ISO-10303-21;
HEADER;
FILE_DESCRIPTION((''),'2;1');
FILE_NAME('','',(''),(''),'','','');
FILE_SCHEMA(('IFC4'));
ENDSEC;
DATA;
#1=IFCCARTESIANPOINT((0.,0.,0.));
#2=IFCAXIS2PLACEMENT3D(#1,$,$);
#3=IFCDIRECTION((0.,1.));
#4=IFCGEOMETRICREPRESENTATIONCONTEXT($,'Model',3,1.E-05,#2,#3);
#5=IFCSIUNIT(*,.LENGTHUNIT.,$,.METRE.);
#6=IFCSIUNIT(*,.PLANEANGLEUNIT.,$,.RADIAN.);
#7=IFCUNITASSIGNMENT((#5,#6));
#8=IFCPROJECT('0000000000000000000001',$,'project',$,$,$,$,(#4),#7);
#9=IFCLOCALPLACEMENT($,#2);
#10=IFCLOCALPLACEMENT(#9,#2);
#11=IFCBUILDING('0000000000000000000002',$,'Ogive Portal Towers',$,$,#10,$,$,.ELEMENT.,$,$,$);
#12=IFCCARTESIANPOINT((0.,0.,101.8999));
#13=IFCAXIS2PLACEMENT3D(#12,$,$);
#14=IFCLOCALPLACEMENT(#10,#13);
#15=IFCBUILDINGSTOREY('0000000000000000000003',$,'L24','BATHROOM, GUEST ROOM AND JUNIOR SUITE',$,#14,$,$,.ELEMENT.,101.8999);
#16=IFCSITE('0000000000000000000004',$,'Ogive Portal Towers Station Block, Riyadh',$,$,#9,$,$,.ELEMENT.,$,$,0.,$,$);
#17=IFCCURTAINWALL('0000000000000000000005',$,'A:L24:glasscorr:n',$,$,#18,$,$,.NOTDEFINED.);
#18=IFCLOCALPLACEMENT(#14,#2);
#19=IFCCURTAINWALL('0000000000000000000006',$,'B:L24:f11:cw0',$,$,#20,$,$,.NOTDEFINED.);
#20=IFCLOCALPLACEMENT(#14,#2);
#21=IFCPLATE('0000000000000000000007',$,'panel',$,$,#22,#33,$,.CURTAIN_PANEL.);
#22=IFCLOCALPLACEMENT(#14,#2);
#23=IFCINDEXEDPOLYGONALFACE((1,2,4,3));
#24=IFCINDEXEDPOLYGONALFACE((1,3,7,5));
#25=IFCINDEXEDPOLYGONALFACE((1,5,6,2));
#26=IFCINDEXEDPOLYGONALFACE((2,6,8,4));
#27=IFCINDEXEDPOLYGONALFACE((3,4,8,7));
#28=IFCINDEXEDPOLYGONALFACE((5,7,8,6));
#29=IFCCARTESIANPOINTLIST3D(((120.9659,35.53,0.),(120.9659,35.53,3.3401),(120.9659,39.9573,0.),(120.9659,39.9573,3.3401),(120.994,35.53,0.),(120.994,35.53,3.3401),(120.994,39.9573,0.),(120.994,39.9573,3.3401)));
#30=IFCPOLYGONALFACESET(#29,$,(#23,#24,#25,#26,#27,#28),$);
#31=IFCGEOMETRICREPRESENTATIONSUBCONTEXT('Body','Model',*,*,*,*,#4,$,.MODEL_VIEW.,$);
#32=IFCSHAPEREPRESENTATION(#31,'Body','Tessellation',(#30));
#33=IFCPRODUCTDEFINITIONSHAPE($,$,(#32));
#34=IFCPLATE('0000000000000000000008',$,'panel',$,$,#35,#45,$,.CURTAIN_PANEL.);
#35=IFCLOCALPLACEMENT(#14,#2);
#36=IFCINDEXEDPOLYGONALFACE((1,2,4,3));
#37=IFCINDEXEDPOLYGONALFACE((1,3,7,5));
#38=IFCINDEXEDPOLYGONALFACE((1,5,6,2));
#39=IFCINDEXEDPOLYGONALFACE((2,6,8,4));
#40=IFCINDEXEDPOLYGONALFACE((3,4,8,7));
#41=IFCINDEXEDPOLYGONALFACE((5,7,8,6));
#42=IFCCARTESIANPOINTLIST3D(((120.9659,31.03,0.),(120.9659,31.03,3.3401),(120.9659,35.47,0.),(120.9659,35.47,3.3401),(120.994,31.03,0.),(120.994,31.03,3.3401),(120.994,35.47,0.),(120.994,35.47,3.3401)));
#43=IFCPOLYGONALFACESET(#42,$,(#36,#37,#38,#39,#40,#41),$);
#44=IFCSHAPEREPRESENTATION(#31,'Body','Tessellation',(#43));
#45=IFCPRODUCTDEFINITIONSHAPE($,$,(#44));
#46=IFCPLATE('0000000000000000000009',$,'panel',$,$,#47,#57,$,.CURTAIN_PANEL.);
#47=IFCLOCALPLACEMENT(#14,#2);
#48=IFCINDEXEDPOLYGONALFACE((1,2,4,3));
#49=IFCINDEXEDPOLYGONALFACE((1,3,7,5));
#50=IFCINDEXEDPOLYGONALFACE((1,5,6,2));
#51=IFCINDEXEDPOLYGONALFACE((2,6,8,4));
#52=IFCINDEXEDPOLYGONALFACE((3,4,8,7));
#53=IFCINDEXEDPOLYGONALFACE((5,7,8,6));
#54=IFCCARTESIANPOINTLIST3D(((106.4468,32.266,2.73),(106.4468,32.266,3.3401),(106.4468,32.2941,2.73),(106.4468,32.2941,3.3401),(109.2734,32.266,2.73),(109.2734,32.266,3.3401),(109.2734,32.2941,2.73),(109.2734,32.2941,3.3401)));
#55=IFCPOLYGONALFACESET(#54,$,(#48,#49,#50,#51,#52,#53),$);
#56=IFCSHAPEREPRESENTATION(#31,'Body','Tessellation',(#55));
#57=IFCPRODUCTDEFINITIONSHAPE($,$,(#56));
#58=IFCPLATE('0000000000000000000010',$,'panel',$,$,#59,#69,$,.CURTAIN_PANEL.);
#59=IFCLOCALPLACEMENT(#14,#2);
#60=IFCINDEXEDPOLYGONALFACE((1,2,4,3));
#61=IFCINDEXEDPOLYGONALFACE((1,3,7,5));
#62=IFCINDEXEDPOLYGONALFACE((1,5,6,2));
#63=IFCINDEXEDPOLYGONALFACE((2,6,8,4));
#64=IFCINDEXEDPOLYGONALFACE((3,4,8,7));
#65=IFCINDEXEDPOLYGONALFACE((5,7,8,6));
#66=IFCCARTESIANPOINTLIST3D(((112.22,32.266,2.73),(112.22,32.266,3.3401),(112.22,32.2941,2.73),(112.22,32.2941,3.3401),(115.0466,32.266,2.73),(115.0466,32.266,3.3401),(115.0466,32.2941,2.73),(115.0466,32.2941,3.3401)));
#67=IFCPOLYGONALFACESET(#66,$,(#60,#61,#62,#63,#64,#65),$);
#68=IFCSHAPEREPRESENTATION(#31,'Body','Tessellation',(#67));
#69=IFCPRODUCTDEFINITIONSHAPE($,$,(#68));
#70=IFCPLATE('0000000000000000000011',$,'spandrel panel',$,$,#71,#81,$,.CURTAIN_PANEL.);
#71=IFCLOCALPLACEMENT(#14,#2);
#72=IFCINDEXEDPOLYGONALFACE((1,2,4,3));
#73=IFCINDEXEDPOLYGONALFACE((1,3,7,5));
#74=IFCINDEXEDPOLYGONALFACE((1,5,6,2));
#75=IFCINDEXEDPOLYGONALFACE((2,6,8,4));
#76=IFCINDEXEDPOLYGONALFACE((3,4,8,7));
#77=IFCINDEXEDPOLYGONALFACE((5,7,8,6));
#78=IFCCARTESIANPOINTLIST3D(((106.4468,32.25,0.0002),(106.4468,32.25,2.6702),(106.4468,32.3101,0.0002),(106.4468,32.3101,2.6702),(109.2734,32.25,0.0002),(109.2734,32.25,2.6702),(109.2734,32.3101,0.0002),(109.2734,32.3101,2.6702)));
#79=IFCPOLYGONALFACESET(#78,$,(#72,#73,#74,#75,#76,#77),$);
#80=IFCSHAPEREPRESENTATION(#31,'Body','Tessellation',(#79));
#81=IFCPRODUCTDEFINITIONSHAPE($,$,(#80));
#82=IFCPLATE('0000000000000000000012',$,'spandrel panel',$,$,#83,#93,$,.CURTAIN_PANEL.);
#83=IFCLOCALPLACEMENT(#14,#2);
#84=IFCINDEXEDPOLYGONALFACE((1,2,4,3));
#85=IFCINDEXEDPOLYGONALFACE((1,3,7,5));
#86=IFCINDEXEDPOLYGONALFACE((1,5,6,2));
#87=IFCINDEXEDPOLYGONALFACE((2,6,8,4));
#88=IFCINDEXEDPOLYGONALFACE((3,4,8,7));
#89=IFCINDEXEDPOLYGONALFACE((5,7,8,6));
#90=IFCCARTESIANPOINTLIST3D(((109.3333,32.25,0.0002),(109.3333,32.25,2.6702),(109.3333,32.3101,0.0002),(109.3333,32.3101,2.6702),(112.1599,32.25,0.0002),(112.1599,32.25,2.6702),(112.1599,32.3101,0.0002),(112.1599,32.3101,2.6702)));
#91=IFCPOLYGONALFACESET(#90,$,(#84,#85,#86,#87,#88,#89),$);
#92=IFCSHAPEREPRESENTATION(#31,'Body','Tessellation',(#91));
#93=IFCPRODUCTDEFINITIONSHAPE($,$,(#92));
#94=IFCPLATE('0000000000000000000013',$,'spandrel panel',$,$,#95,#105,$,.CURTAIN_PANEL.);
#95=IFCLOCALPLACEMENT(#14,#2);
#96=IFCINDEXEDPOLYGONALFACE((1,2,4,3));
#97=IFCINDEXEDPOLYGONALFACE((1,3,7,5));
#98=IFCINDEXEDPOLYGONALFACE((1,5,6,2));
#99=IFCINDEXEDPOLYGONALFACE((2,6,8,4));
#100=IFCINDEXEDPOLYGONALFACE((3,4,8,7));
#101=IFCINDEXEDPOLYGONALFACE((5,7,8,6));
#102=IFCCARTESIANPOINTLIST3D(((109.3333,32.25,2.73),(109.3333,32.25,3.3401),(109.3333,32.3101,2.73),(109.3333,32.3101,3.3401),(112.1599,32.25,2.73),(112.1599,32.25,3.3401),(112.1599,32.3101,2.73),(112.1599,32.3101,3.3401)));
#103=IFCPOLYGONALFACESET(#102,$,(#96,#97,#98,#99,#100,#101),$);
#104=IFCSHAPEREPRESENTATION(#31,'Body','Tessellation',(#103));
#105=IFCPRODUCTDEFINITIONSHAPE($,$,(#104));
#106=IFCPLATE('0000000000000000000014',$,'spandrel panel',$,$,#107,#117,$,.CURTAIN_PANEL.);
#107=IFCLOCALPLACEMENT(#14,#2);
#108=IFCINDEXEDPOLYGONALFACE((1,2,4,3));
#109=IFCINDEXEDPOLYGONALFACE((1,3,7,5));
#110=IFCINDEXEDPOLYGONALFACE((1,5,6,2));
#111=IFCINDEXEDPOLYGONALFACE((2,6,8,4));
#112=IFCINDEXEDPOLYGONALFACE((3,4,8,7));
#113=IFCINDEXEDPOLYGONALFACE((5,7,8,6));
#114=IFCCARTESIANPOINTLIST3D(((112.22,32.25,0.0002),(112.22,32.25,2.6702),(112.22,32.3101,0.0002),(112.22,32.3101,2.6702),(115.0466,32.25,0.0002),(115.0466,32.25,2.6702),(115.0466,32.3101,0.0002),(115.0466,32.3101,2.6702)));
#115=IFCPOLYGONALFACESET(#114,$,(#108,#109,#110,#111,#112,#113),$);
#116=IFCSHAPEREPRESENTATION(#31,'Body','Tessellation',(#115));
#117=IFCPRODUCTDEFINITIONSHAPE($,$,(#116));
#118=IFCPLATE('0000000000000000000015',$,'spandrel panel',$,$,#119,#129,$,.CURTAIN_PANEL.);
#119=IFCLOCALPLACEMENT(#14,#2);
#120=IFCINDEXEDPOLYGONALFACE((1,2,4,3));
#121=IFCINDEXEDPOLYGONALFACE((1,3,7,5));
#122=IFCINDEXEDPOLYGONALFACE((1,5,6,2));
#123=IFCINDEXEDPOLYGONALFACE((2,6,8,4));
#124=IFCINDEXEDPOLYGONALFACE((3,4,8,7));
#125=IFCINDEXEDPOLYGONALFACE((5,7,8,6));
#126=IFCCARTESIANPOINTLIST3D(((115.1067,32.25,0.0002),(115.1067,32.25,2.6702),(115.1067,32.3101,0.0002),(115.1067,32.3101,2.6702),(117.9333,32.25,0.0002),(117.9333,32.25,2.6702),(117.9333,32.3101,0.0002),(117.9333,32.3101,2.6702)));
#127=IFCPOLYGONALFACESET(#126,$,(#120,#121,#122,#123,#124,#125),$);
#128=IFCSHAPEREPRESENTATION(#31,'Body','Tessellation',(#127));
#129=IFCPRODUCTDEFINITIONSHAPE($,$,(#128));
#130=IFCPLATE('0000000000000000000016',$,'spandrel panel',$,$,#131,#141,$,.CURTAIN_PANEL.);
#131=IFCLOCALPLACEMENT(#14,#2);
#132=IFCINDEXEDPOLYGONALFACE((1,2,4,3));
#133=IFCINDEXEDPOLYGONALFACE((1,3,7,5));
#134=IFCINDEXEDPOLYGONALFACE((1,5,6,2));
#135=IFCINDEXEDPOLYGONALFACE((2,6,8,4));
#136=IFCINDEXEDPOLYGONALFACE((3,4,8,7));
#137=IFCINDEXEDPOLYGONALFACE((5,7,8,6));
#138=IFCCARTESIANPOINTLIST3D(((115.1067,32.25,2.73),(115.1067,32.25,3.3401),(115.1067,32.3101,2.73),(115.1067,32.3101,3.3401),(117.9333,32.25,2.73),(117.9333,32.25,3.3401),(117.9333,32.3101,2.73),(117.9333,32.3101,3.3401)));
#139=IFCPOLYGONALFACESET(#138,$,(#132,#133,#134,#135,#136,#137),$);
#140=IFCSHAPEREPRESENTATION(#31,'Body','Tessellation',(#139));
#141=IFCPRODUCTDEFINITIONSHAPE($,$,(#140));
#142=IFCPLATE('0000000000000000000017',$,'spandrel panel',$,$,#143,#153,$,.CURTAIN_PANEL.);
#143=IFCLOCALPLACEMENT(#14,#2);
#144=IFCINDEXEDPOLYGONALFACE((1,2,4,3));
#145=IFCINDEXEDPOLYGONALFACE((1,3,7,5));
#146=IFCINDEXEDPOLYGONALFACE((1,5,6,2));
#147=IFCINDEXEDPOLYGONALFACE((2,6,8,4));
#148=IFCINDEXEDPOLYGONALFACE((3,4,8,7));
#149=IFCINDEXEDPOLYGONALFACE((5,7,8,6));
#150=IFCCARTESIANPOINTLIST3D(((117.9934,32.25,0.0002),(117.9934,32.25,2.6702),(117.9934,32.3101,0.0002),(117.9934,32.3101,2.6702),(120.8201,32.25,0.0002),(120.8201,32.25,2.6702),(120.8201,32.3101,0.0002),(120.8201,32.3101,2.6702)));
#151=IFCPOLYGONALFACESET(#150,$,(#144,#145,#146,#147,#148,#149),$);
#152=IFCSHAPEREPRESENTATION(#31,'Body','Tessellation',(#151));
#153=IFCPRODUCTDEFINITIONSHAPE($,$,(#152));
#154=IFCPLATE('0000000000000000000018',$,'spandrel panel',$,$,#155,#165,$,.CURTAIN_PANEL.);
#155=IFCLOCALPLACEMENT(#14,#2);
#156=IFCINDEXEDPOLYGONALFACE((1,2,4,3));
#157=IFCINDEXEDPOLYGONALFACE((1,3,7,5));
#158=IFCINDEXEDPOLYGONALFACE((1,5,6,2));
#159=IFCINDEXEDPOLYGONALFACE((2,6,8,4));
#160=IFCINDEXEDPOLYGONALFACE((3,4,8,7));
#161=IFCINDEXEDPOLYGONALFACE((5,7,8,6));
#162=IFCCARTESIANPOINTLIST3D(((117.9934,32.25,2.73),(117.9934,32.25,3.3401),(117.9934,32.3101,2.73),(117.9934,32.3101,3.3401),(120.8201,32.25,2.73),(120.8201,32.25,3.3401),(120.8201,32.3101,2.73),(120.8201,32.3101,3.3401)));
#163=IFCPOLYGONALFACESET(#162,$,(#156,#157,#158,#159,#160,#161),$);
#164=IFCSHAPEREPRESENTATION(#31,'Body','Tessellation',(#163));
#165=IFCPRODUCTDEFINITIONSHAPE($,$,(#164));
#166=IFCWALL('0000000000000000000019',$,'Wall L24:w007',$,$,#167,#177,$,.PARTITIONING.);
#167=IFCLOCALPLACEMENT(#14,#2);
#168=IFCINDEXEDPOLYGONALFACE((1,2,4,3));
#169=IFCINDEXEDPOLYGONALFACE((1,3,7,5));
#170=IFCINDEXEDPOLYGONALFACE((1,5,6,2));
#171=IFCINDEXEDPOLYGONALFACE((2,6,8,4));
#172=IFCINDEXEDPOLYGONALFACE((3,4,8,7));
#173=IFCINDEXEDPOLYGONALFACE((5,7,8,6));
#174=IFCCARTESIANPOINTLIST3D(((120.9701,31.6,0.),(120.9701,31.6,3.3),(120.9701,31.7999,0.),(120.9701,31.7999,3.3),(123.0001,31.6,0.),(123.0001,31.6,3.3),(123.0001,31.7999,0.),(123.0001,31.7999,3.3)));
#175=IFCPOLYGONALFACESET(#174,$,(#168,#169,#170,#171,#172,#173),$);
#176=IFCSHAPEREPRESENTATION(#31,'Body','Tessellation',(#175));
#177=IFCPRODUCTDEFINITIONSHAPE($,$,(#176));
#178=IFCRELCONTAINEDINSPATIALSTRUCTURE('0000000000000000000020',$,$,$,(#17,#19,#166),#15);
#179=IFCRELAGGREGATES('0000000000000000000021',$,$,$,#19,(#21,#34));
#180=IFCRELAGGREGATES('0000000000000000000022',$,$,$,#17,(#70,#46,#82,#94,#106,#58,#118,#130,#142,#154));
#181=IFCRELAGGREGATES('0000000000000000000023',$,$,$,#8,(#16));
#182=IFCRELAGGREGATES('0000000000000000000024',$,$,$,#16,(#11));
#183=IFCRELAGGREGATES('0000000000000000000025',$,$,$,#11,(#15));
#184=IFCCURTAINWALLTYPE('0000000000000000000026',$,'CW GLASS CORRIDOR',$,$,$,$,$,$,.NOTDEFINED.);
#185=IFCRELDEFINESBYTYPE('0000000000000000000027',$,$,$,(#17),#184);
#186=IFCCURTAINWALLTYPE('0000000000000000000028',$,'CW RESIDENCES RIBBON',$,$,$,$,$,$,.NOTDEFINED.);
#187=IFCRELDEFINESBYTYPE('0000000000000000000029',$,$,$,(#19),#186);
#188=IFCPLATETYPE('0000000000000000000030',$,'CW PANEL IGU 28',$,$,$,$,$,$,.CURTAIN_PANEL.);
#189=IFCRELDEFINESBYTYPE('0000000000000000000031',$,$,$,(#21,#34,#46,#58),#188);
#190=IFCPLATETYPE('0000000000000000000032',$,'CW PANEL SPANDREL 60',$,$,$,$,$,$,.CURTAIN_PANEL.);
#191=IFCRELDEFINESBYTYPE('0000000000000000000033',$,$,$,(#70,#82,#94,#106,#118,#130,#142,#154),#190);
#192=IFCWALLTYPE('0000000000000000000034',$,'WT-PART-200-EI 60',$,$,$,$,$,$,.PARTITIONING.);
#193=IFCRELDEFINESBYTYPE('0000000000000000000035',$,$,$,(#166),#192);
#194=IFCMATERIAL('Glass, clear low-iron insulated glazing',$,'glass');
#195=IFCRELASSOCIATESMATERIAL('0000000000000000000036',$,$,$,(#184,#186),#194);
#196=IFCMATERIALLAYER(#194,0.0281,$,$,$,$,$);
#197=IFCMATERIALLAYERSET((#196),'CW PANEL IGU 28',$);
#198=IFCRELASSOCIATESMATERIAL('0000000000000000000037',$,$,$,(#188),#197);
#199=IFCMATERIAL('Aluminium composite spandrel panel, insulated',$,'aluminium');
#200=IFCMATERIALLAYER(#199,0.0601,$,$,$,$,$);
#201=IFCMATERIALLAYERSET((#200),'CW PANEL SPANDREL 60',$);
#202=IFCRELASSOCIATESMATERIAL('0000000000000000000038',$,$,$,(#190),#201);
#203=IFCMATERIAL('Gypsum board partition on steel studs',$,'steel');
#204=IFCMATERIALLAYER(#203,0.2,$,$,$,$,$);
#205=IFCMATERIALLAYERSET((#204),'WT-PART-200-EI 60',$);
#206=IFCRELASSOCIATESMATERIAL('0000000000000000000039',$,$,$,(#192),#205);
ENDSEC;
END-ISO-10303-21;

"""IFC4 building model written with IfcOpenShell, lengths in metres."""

from ifc_helpers import new_model, si_unit, direction, frame, frame_2d, origin, origin_2d, place, context, subcontext, project, spatial, rectangle, extrude, material, layer, layer_set, type_object, element, aggregate, save


model = new_model("IFC4")

# Units and contexts
model_context = context("Model", 3, precision=1e-05, world=origin(), true_north=direction((0.0, 1.0)))
body_context = subcontext(model_context, "Body", "Model", "MODEL_VIEW")
ifc_project = project(units=[si_unit("LENGTHUNIT", "METRE"), si_unit("PLANEANGLEUNIT", "RADIAN")], contexts=[model_context])

# Site, building, storey
site_placement = place(None, origin())
site = spatial("IfcSite", under=ifc_project, at=site_placement, Name="Ogive Portal Towers Station Block, Riyadh", CompositionType="ELEMENT", RefElevation=0.0)
building_placement = place(site_placement, origin())
building = spatial("IfcBuilding", under=site, at=building_placement, Name="Ogive Portal Towers", CompositionType="ELEMENT")
storey_placement = place(building_placement, frame((0.0, 0.0, 101.8999)))
storey = spatial("IfcBuildingStorey", under=building, at=storey_placement, Name="L24", Description="BATHROOM, GUEST ROOM AND JUNIOR SUITE", CompositionType="ELEMENT", Elevation=101.8999)

# Curtain wall
ifc_material_1 = material(Name="Glass, clear low-iron insulated glazing", Category="glass")
curtain_wall_type_1 = type_object("IfcCurtainWallType", Name="CW GLASS CORRIDOR", PredefinedType="NOTDEFINED", material=ifc_material_1)
curtain_wall_1_placement = place(storey_placement, origin())
curtain_wall_1 = element("IfcCurtainWall", 1, at=curtain_wall_1_placement, inside=storey, type_object=curtain_wall_type_1, Name="A:L24:glasscorr:n", PredefinedType="NOTDEFINED")

# Curtain wall
curtain_wall_type_2 = type_object("IfcCurtainWallType", Name="CW RESIDENCES RIBBON", PredefinedType="NOTDEFINED", material=ifc_material_1)
curtain_wall_2_placement = place(storey_placement, origin())
curtain_wall_2 = element("IfcCurtainWall", 2, at=curtain_wall_2_placement, inside=storey, type_object=curtain_wall_type_2, Name="B:L24:f11:cw0", PredefinedType="NOTDEFINED")

# Plates
ifc_layer_1 = layer(ifc_material_1, 0.0281)
ifc_layer_set_1 = layer_set([ifc_layer_1], Name="CW PANEL IGU 28")
plate_type_1 = type_object("IfcPlateType", Name="CW PANEL IGU 28", PredefinedType="CURTAIN_PANEL", material=ifc_layer_set_1)
plate_1_placement = place(storey_placement, frame((120.98, 37.7437, 0.0), z_axis=(0.0, 0.0, 1.0), x_axis=(0.0, -1.0, 0.0)))
plate_1 = element("IfcPlate", 3, at=plate_1_placement, type_object=plate_type_1, Name="panel", PredefinedType="CURTAIN_PANEL", context=body_context, shape_type="SweptSolid", body=[
    extrude(rectangle(XDim=4.4272, YDim=0.0281, at=origin_2d()), origin(), (0.0, 0.0, 1.0), 3.3401),
])
plate_2_placement = place(storey_placement, frame((120.98, 33.25, 0.0), z_axis=(0.0, 0.0, 1.0), x_axis=(0.0, -1.0, 0.0)))
plate_2 = element("IfcPlate", 4, at=plate_2_placement, type_object=plate_type_1, Name="panel", PredefinedType="CURTAIN_PANEL", context=body_context, shape_type="SweptSolid", body=[
    extrude(rectangle(XDim=4.4399, YDim=0.0281, at=origin_2d()), origin(), (0.0, 0.0, 1.0), 3.3401),
])
aggregate(curtain_wall_2, [plate_1, plate_2])
plate_3_placement = place(storey_placement, frame((107.8601, 32.28, 2.73), z_axis=(0.0, 0.0, 1.0), x_axis=(1.0, 0.0, 0.0)))
plate_3 = element("IfcPlate", 5, at=plate_3_placement, type_object=plate_type_1, Name="panel", PredefinedType="CURTAIN_PANEL", context=body_context, shape_type="SweptSolid", body=[
    extrude(rectangle(XDim=2.8267, YDim=0.0281, at=origin_2d()), origin(), (0.0, 0.0, 1.0), 0.6101),
])
plate_4_placement = place(storey_placement, frame((113.6333, 32.28, 2.73), z_axis=(0.0, 0.0, 1.0), x_axis=(1.0, 0.0, 0.0)))
plate_4 = element("IfcPlate", 6, at=plate_4_placement, type_object=plate_type_1, Name="panel", PredefinedType="CURTAIN_PANEL", context=body_context, shape_type="SweptSolid", body=[
    extrude(rectangle(XDim=2.8267, YDim=0.0281, at=origin_2d()), origin(), (0.0, 0.0, 1.0), 0.6101),
])
ifc_material_2 = material(Name="Aluminium composite spandrel panel, insulated", Category="aluminium")
ifc_layer_2 = layer(ifc_material_2, 0.0601)
ifc_layer_set_2 = layer_set([ifc_layer_2], Name="CW PANEL SPANDREL 60")
plate_type_2 = type_object("IfcPlateType", Name="CW PANEL SPANDREL 60", PredefinedType="CURTAIN_PANEL", material=ifc_layer_set_2)
plate_5_placement = place(storey_placement, frame((107.8601, 32.28, 0.0002), z_axis=(0.0, 0.0, 1.0), x_axis=(1.0, 0.0, 0.0)))
plate_5 = element("IfcPlate", 7, at=plate_5_placement, type_object=plate_type_2, Name="spandrel panel", PredefinedType="CURTAIN_PANEL", context=body_context, shape_type="SweptSolid", body=[
    extrude(rectangle(XDim=2.8267, YDim=0.0601, at=origin_2d()), origin(), (0.0, 0.0, 1.0), 2.6699),
])
plate_6_placement = place(storey_placement, frame((110.7466, 32.28, 0.0002), z_axis=(0.0, 0.0, 1.0), x_axis=(1.0, 0.0, 0.0)))
plate_6 = element("IfcPlate", 8, at=plate_6_placement, type_object=plate_type_2, Name="spandrel panel", PredefinedType="CURTAIN_PANEL", context=body_context, shape_type="SweptSolid", body=[
    extrude(rectangle(XDim=2.8267, YDim=0.0601, at=origin_2d()), origin(), (0.0, 0.0, 1.0), 2.6699),
])
plate_7_placement = place(storey_placement, frame((110.7466, 32.28, 2.73), z_axis=(0.0, 0.0, 1.0), x_axis=(1.0, 0.0, 0.0)))
plate_7 = element("IfcPlate", 9, at=plate_7_placement, type_object=plate_type_2, Name="spandrel panel", PredefinedType="CURTAIN_PANEL", context=body_context, shape_type="SweptSolid", body=[
    extrude(rectangle(XDim=2.8267, YDim=0.0601, at=origin_2d()), origin(), (0.0, 0.0, 1.0), 0.6101),
])
plate_8_placement = place(storey_placement, frame((113.6333, 32.28, 0.0002), z_axis=(0.0, 0.0, 1.0), x_axis=(1.0, 0.0, 0.0)))
plate_8 = element("IfcPlate", 10, at=plate_8_placement, type_object=plate_type_2, Name="spandrel panel", PredefinedType="CURTAIN_PANEL", context=body_context, shape_type="SweptSolid", body=[
    extrude(rectangle(XDim=2.8267, YDim=0.0601, at=origin_2d()), origin(), (0.0, 0.0, 1.0), 2.6699),
])
plate_9_placement = place(storey_placement, frame((116.52, 32.28, 0.0002), z_axis=(0.0, 0.0, 1.0), x_axis=(1.0, 0.0, 0.0)))
plate_9 = element("IfcPlate", 11, at=plate_9_placement, type_object=plate_type_2, Name="spandrel panel", PredefinedType="CURTAIN_PANEL", context=body_context, shape_type="SweptSolid", body=[
    extrude(rectangle(XDim=2.8267, YDim=0.0601, at=origin_2d()), origin(), (0.0, 0.0, 1.0), 2.6699),
])
plate_10_placement = place(storey_placement, frame((116.52, 32.28, 2.73), z_axis=(0.0, 0.0, 1.0), x_axis=(1.0, 0.0, 0.0)))
plate_10 = element("IfcPlate", 12, at=plate_10_placement, type_object=plate_type_2, Name="spandrel panel", PredefinedType="CURTAIN_PANEL", context=body_context, shape_type="SweptSolid", body=[
    extrude(rectangle(XDim=2.8267, YDim=0.0601, at=origin_2d()), origin(), (0.0, 0.0, 1.0), 0.6101),
])
plate_11_placement = place(storey_placement, frame((119.4067, 32.28, 0.0002), z_axis=(0.0, 0.0, 1.0), x_axis=(1.0, 0.0, 0.0)))
plate_11 = element("IfcPlate", 13, at=plate_11_placement, type_object=plate_type_2, Name="spandrel panel", PredefinedType="CURTAIN_PANEL", context=body_context, shape_type="SweptSolid", body=[
    extrude(rectangle(XDim=2.8267, YDim=0.0601, at=origin_2d()), origin(), (0.0, 0.0, 1.0), 2.6699),
])
plate_12_placement = place(storey_placement, frame((119.4067, 32.28, 2.73), z_axis=(0.0, 0.0, 1.0), x_axis=(1.0, 0.0, 0.0)))
plate_12 = element("IfcPlate", 14, at=plate_12_placement, type_object=plate_type_2, Name="spandrel panel", PredefinedType="CURTAIN_PANEL", context=body_context, shape_type="SweptSolid", body=[
    extrude(rectangle(XDim=2.8267, YDim=0.0601, at=origin_2d()), origin(), (0.0, 0.0, 1.0), 0.6101),
])
aggregate(curtain_wall_1, [plate_5, plate_3, plate_6, plate_7, plate_8, plate_4, plate_9, plate_10, plate_11, plate_12])

# Wall
ifc_material_3 = material(Name="Gypsum board partition on steel studs", Category="steel")
ifc_layer_3 = layer(ifc_material_3, 0.2)
ifc_layer_set_3 = layer_set([ifc_layer_3], Name="WT-PART-200-EI 60")
wall_type = type_object("IfcWallType", Name="WT-PART-200-EI 60", PredefinedType="PARTITIONING", material=ifc_layer_set_3)
wall_1_placement = place(storey_placement, frame((120.97, 31.7, 0.0), z_axis=(0.0, 0.0, 1.0), x_axis=(1.0, 0.0, 0.0)))
element("IfcWall", 15, at=wall_1_placement, inside=storey, type_object=wall_type, Name="Wall L24:w007", PredefinedType="PARTITIONING", context=body_context, shape_type="SweptSolid", body=[
    extrude(rectangle(XDim=2.03, YDim=0.2, at=frame_2d((1.0151, 0.0))), origin(), (0.0, 0.0, 1.0), 3.3),
])

save(model, "model.ifc")
